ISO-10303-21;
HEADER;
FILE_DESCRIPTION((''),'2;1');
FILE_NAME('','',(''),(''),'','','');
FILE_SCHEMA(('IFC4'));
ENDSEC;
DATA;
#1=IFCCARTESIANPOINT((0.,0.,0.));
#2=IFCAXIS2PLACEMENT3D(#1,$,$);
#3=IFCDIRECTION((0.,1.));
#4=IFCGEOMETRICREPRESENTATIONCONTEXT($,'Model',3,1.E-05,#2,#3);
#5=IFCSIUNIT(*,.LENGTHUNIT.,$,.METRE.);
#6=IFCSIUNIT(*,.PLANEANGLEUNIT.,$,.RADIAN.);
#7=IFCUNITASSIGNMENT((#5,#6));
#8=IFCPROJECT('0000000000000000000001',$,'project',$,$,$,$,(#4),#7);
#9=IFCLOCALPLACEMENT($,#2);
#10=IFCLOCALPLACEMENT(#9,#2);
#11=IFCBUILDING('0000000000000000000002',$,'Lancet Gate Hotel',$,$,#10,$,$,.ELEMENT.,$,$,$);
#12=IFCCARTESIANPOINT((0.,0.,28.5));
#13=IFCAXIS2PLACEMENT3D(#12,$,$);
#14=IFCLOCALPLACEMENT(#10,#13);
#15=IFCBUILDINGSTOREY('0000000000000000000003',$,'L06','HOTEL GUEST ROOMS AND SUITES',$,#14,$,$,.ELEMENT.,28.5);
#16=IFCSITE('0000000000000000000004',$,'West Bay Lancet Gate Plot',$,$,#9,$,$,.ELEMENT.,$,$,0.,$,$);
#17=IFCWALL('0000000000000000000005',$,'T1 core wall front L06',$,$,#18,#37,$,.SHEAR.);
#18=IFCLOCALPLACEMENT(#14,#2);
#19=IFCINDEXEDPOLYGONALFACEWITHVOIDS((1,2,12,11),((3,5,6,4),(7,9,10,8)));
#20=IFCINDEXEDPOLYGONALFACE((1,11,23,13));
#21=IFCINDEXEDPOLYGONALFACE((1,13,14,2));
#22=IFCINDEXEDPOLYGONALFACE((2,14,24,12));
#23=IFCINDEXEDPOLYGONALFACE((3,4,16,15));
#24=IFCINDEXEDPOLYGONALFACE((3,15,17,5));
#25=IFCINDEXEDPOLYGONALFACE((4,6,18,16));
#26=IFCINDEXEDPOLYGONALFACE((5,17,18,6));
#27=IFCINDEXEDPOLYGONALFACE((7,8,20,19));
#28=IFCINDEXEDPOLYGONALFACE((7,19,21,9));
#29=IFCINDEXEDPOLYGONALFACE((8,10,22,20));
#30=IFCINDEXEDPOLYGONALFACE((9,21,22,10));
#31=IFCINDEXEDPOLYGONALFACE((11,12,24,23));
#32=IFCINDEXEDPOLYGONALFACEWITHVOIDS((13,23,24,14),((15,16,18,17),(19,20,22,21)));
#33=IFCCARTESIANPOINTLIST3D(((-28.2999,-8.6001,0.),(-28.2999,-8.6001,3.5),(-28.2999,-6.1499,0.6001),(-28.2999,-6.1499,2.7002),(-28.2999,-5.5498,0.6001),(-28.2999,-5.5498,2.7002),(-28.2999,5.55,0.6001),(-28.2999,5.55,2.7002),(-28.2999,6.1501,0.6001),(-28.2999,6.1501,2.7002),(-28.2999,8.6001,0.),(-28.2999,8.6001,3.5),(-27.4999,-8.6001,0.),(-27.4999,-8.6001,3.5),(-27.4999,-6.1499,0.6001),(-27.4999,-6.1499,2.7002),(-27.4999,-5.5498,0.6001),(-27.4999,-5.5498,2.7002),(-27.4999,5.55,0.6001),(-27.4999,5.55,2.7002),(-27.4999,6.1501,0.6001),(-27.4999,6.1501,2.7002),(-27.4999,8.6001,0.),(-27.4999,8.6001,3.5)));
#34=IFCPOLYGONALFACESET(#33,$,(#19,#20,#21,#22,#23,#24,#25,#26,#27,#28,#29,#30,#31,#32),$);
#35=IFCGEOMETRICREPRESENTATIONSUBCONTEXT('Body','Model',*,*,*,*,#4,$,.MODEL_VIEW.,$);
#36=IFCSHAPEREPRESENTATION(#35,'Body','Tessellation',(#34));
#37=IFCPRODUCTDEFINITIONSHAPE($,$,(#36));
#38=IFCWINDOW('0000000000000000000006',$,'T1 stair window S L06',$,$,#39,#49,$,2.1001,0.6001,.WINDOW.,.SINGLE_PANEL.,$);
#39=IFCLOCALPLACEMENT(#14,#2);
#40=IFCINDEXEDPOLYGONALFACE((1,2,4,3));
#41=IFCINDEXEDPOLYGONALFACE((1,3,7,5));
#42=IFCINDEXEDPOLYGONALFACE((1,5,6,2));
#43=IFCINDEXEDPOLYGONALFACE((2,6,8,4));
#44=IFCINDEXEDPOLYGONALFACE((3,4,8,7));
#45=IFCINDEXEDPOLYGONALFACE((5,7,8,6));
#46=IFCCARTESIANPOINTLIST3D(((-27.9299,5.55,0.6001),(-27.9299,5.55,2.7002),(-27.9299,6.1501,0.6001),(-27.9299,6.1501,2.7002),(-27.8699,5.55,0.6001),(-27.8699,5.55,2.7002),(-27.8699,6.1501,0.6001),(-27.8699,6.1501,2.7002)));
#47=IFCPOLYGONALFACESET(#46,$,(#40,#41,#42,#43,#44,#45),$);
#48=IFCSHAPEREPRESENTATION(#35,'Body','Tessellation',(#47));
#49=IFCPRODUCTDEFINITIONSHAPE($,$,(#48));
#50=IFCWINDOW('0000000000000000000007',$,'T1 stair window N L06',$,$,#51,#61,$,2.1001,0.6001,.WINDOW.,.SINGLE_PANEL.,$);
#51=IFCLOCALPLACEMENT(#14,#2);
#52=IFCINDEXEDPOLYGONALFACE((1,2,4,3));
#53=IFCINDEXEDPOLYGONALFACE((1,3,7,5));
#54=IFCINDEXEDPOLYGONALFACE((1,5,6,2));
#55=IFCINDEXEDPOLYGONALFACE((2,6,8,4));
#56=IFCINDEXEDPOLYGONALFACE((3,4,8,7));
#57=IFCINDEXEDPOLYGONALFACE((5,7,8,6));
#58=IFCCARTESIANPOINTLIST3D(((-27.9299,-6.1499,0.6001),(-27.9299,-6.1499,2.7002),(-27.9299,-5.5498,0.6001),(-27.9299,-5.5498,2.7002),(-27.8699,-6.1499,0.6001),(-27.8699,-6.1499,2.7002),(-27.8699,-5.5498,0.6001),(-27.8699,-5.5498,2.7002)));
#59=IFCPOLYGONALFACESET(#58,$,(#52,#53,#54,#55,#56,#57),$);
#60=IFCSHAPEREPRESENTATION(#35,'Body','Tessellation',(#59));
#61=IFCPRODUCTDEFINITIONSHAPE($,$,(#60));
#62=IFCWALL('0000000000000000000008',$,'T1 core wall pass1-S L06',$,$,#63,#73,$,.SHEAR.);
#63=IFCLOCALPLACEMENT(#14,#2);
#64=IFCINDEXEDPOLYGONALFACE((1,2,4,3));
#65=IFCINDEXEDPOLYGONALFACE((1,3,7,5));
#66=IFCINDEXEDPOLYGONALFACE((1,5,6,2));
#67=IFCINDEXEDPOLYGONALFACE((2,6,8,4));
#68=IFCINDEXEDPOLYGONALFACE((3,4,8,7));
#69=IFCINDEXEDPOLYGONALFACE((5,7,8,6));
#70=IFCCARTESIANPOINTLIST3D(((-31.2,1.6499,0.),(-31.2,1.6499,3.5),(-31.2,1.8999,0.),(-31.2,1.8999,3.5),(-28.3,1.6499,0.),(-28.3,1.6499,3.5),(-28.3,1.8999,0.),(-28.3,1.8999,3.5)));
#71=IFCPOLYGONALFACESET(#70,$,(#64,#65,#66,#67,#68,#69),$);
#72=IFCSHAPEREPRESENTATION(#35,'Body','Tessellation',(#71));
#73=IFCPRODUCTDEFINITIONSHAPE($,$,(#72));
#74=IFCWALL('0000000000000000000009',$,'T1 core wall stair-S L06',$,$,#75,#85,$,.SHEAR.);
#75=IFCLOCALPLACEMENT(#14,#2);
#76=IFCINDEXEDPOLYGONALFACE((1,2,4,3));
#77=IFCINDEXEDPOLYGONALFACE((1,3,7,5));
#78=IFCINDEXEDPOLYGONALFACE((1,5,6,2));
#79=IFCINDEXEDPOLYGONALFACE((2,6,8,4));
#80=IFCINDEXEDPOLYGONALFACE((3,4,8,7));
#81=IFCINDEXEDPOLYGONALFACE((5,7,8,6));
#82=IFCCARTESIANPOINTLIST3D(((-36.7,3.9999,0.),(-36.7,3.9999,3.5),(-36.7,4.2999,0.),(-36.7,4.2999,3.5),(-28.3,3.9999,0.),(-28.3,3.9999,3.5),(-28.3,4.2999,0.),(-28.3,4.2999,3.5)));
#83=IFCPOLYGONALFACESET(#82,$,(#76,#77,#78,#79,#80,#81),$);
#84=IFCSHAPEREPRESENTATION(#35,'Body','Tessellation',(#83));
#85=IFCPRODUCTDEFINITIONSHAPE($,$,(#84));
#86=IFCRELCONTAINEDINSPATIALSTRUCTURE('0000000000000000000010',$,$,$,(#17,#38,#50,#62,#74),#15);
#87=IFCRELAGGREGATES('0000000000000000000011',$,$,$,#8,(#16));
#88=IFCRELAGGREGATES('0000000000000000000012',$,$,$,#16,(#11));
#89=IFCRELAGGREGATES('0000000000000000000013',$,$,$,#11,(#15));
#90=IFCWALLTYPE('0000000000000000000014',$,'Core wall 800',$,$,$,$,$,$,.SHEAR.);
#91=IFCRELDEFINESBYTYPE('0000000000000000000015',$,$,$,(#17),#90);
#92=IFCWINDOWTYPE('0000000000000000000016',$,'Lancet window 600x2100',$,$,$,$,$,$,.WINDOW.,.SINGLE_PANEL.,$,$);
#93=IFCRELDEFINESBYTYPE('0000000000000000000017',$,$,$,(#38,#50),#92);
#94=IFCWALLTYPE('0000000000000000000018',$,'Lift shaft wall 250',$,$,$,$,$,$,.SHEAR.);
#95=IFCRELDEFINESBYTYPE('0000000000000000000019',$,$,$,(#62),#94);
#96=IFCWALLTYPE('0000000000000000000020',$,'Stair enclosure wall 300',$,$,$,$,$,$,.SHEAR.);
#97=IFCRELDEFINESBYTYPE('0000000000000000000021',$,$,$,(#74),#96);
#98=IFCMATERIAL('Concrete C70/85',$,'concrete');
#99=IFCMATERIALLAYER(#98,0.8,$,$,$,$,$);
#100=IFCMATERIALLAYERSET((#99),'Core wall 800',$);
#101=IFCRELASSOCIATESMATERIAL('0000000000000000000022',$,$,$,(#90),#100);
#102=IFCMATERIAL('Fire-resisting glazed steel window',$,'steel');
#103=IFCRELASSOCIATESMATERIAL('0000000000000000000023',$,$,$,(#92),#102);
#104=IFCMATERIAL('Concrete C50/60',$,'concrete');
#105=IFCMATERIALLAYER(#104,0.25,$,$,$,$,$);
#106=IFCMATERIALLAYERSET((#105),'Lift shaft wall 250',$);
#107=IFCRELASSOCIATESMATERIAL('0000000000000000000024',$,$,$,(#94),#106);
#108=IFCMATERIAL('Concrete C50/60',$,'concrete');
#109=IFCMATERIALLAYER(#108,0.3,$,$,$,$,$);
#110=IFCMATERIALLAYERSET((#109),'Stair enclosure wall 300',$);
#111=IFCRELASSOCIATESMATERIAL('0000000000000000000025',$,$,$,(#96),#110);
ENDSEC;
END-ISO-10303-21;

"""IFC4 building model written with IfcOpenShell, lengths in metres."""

from ifc_helpers import new_model, si_unit, direction, frame, frame_2d, origin, place, context, subcontext, project, spatial, rectangle, extrude, material, layer, layer_set, type_object, element, fill, save


model = new_model("IFC4")

# Units and contexts
model_context = context("Model", 3, precision=1e-05, world=origin(), true_north=direction((0.0, 1.0)))
body_context = subcontext(model_context, "Body", "Model", "MODEL_VIEW")
ifc_project = project(units=[si_unit("LENGTHUNIT", "METRE"), si_unit("PLANEANGLEUNIT", "RADIAN")], contexts=[model_context])

# Site, building, storey
site_placement = place(None, origin())
site = spatial("IfcSite", under=ifc_project, at=site_placement, Name="West Bay Lancet Gate Plot", CompositionType="ELEMENT", RefElevation=0.0)
building_placement = place(site_placement, origin())
building = spatial("IfcBuilding", under=site, at=building_placement, Name="Lancet Gate Hotel", CompositionType="ELEMENT")
storey_placement = place(building_placement, frame((0.0, 0.0, 28.5)))
storey = spatial("IfcBuildingStorey", under=building, at=storey_placement, Name="L06", Description="HOTEL GUEST ROOMS AND SUITES", CompositionType="ELEMENT", Elevation=28.5)

# Wall, openings, windows
ifc_material_1 = material(Name="Concrete C70/85", Category="concrete")
ifc_layer_1 = layer(ifc_material_1, 0.8)
ifc_layer_set_1 = layer_set([ifc_layer_1], Name="Core wall 800")
wall_type_1 = type_object("IfcWallType", Name="Core wall 800", PredefinedType="SHEAR", material=ifc_layer_set_1)
wall_1_placement = place(storey_placement, frame((-27.8999, 8.6001, 0.0), z_axis=(0.0, 0.0, 1.0), x_axis=(0.0, -1.0, 0.0)))
wall_1 = element("IfcWall", 1, at=wall_1_placement, inside=storey, type_object=wall_type_1, Name="T1 core wall front L06", PredefinedType="SHEAR", context=body_context, shape_type="SweptSolid", body=[
    extrude(rectangle(XDim=17.2002, YDim=0.8, at=frame_2d((8.6001, 0.0))), origin(), (0.0, 0.0, 1.0), 3.5),
])
opening_1_placement = place(wall_1_placement, frame((2.45, 0.0, 0.6001)))
opening_1 = element("IfcOpeningElement", 2, at=opening_1_placement, cuts=wall_1, PredefinedType="OPENING", context=body_context, shape_type="SweptSolid", body=[
    extrude(rectangle(XDim=0.6001, YDim=2.1001, at=frame_2d((0.3, 1.05))), frame((0.0, 0.4099, 0.0), z_axis=(0.0, -1.0, 0.0), x_axis=(1.0, 0.0, 0.0)), (0.0, 0.0, 1.0), 0.8201),
])
opening_2_placement = place(wall_1_placement, frame((14.1499, 0.0, 0.6001)))
opening_2 = element("IfcOpeningElement", 3, at=opening_2_placement, cuts=wall_1, PredefinedType="OPENING", context=body_context, shape_type="SweptSolid", body=[
    extrude(rectangle(XDim=0.6001, YDim=2.1001, at=frame_2d((0.3, 1.05))), frame((0.0, 0.4099, 0.0), z_axis=(0.0, -1.0, 0.0), x_axis=(1.0, 0.0, 0.0)), (0.0, 0.0, 1.0), 0.8201),
])
ifc_material_2 = material(Name="Fire-resisting glazed steel window", Category="steel")
window_type = type_object("IfcWindowType", Name="Lancet window 600x2100", PartitioningType="SINGLE_PANEL", PredefinedType="WINDOW", material=ifc_material_2)
window_1_placement = place(opening_1_placement, origin())
window_1 = element("IfcWindow", 4, at=window_1_placement, inside=storey, type_object=window_type, Name="T1 stair window S L06", OverallHeight=2.1001, OverallWidth=0.6001, PartitioningType="SINGLE_PANEL", PredefinedType="WINDOW", context=body_context, shape_type="SweptSolid", body=[
    extrude(rectangle(XDim=0.6001, YDim=2.1001, at=frame_2d((0.3, 1.05))), frame((0.0, 0.03, 0.0), z_axis=(0.0, -1.0, 0.0), x_axis=(1.0, 0.0, 0.0)), (0.0, 0.0, 1.0), 0.0601),
])
fill(opening_1, window_1)
window_2_placement = place(opening_2_placement, origin())
window_2 = element("IfcWindow", 5, at=window_2_placement, inside=storey, type_object=window_type, Name="T1 stair window N L06", OverallHeight=2.1001, OverallWidth=0.6001, PartitioningType="SINGLE_PANEL", PredefinedType="WINDOW", context=body_context, shape_type="SweptSolid", body=[
    extrude(rectangle(XDim=0.6001, YDim=2.1001, at=frame_2d((0.3, 1.05))), frame((0.0, 0.03, 0.0), z_axis=(0.0, -1.0, 0.0), x_axis=(1.0, 0.0, 0.0)), (0.0, 0.0, 1.0), 0.0601),
])
fill(opening_2, window_2)

# Walls
ifc_material_3 = material(Name="Concrete C50/60", Category="concrete")
ifc_layer_2 = layer(ifc_material_3, 0.25)
ifc_layer_set_2 = layer_set([ifc_layer_2], Name="Lift shaft wall 250")
wall_type_2 = type_object("IfcWallType", Name="Lift shaft wall 250", PredefinedType="SHEAR", material=ifc_layer_set_2)
wall_2_placement = place(storey_placement, frame((-28.3, 1.7749, 0.0), z_axis=(0.0, 0.0, 1.0), x_axis=(-1.0, 0.0, 0.0)))
element("IfcWall", 6, at=wall_2_placement, inside=storey, type_object=wall_type_2, Name="T1 core wall pass1-S L06", PredefinedType="SHEAR", context=body_context, shape_type="SweptSolid", body=[
    extrude(rectangle(XDim=2.8999, YDim=0.25, at=frame_2d((1.45, 0.0))), origin(), (0.0, 0.0, 1.0), 3.5),
])
ifc_material_4 = material(Name="Concrete C50/60", Category="concrete")
ifc_layer_3 = layer(ifc_material_4, 0.3)
ifc_layer_set_3 = layer_set([ifc_layer_3], Name="Stair enclosure wall 300")
wall_type_3 = type_object("IfcWallType", Name="Stair enclosure wall 300", PredefinedType="SHEAR", material=ifc_layer_set_3)
wall_3_placement = place(storey_placement, frame((-28.3, 4.1499, 0.0), z_axis=(0.0, 0.0, 1.0), x_axis=(-1.0, 0.0, 0.0)))
element("IfcWall", 7, at=wall_3_placement, inside=storey, type_object=wall_type_3, Name="T1 core wall stair-S L06", PredefinedType="SHEAR", context=body_context, shape_type="SweptSolid", body=[
    extrude(rectangle(XDim=8.3999, YDim=0.3, at=frame_2d((4.2, 0.0))), origin(), (0.0, 0.0, 1.0), 3.5),
])

save(model, "model.ifc")
